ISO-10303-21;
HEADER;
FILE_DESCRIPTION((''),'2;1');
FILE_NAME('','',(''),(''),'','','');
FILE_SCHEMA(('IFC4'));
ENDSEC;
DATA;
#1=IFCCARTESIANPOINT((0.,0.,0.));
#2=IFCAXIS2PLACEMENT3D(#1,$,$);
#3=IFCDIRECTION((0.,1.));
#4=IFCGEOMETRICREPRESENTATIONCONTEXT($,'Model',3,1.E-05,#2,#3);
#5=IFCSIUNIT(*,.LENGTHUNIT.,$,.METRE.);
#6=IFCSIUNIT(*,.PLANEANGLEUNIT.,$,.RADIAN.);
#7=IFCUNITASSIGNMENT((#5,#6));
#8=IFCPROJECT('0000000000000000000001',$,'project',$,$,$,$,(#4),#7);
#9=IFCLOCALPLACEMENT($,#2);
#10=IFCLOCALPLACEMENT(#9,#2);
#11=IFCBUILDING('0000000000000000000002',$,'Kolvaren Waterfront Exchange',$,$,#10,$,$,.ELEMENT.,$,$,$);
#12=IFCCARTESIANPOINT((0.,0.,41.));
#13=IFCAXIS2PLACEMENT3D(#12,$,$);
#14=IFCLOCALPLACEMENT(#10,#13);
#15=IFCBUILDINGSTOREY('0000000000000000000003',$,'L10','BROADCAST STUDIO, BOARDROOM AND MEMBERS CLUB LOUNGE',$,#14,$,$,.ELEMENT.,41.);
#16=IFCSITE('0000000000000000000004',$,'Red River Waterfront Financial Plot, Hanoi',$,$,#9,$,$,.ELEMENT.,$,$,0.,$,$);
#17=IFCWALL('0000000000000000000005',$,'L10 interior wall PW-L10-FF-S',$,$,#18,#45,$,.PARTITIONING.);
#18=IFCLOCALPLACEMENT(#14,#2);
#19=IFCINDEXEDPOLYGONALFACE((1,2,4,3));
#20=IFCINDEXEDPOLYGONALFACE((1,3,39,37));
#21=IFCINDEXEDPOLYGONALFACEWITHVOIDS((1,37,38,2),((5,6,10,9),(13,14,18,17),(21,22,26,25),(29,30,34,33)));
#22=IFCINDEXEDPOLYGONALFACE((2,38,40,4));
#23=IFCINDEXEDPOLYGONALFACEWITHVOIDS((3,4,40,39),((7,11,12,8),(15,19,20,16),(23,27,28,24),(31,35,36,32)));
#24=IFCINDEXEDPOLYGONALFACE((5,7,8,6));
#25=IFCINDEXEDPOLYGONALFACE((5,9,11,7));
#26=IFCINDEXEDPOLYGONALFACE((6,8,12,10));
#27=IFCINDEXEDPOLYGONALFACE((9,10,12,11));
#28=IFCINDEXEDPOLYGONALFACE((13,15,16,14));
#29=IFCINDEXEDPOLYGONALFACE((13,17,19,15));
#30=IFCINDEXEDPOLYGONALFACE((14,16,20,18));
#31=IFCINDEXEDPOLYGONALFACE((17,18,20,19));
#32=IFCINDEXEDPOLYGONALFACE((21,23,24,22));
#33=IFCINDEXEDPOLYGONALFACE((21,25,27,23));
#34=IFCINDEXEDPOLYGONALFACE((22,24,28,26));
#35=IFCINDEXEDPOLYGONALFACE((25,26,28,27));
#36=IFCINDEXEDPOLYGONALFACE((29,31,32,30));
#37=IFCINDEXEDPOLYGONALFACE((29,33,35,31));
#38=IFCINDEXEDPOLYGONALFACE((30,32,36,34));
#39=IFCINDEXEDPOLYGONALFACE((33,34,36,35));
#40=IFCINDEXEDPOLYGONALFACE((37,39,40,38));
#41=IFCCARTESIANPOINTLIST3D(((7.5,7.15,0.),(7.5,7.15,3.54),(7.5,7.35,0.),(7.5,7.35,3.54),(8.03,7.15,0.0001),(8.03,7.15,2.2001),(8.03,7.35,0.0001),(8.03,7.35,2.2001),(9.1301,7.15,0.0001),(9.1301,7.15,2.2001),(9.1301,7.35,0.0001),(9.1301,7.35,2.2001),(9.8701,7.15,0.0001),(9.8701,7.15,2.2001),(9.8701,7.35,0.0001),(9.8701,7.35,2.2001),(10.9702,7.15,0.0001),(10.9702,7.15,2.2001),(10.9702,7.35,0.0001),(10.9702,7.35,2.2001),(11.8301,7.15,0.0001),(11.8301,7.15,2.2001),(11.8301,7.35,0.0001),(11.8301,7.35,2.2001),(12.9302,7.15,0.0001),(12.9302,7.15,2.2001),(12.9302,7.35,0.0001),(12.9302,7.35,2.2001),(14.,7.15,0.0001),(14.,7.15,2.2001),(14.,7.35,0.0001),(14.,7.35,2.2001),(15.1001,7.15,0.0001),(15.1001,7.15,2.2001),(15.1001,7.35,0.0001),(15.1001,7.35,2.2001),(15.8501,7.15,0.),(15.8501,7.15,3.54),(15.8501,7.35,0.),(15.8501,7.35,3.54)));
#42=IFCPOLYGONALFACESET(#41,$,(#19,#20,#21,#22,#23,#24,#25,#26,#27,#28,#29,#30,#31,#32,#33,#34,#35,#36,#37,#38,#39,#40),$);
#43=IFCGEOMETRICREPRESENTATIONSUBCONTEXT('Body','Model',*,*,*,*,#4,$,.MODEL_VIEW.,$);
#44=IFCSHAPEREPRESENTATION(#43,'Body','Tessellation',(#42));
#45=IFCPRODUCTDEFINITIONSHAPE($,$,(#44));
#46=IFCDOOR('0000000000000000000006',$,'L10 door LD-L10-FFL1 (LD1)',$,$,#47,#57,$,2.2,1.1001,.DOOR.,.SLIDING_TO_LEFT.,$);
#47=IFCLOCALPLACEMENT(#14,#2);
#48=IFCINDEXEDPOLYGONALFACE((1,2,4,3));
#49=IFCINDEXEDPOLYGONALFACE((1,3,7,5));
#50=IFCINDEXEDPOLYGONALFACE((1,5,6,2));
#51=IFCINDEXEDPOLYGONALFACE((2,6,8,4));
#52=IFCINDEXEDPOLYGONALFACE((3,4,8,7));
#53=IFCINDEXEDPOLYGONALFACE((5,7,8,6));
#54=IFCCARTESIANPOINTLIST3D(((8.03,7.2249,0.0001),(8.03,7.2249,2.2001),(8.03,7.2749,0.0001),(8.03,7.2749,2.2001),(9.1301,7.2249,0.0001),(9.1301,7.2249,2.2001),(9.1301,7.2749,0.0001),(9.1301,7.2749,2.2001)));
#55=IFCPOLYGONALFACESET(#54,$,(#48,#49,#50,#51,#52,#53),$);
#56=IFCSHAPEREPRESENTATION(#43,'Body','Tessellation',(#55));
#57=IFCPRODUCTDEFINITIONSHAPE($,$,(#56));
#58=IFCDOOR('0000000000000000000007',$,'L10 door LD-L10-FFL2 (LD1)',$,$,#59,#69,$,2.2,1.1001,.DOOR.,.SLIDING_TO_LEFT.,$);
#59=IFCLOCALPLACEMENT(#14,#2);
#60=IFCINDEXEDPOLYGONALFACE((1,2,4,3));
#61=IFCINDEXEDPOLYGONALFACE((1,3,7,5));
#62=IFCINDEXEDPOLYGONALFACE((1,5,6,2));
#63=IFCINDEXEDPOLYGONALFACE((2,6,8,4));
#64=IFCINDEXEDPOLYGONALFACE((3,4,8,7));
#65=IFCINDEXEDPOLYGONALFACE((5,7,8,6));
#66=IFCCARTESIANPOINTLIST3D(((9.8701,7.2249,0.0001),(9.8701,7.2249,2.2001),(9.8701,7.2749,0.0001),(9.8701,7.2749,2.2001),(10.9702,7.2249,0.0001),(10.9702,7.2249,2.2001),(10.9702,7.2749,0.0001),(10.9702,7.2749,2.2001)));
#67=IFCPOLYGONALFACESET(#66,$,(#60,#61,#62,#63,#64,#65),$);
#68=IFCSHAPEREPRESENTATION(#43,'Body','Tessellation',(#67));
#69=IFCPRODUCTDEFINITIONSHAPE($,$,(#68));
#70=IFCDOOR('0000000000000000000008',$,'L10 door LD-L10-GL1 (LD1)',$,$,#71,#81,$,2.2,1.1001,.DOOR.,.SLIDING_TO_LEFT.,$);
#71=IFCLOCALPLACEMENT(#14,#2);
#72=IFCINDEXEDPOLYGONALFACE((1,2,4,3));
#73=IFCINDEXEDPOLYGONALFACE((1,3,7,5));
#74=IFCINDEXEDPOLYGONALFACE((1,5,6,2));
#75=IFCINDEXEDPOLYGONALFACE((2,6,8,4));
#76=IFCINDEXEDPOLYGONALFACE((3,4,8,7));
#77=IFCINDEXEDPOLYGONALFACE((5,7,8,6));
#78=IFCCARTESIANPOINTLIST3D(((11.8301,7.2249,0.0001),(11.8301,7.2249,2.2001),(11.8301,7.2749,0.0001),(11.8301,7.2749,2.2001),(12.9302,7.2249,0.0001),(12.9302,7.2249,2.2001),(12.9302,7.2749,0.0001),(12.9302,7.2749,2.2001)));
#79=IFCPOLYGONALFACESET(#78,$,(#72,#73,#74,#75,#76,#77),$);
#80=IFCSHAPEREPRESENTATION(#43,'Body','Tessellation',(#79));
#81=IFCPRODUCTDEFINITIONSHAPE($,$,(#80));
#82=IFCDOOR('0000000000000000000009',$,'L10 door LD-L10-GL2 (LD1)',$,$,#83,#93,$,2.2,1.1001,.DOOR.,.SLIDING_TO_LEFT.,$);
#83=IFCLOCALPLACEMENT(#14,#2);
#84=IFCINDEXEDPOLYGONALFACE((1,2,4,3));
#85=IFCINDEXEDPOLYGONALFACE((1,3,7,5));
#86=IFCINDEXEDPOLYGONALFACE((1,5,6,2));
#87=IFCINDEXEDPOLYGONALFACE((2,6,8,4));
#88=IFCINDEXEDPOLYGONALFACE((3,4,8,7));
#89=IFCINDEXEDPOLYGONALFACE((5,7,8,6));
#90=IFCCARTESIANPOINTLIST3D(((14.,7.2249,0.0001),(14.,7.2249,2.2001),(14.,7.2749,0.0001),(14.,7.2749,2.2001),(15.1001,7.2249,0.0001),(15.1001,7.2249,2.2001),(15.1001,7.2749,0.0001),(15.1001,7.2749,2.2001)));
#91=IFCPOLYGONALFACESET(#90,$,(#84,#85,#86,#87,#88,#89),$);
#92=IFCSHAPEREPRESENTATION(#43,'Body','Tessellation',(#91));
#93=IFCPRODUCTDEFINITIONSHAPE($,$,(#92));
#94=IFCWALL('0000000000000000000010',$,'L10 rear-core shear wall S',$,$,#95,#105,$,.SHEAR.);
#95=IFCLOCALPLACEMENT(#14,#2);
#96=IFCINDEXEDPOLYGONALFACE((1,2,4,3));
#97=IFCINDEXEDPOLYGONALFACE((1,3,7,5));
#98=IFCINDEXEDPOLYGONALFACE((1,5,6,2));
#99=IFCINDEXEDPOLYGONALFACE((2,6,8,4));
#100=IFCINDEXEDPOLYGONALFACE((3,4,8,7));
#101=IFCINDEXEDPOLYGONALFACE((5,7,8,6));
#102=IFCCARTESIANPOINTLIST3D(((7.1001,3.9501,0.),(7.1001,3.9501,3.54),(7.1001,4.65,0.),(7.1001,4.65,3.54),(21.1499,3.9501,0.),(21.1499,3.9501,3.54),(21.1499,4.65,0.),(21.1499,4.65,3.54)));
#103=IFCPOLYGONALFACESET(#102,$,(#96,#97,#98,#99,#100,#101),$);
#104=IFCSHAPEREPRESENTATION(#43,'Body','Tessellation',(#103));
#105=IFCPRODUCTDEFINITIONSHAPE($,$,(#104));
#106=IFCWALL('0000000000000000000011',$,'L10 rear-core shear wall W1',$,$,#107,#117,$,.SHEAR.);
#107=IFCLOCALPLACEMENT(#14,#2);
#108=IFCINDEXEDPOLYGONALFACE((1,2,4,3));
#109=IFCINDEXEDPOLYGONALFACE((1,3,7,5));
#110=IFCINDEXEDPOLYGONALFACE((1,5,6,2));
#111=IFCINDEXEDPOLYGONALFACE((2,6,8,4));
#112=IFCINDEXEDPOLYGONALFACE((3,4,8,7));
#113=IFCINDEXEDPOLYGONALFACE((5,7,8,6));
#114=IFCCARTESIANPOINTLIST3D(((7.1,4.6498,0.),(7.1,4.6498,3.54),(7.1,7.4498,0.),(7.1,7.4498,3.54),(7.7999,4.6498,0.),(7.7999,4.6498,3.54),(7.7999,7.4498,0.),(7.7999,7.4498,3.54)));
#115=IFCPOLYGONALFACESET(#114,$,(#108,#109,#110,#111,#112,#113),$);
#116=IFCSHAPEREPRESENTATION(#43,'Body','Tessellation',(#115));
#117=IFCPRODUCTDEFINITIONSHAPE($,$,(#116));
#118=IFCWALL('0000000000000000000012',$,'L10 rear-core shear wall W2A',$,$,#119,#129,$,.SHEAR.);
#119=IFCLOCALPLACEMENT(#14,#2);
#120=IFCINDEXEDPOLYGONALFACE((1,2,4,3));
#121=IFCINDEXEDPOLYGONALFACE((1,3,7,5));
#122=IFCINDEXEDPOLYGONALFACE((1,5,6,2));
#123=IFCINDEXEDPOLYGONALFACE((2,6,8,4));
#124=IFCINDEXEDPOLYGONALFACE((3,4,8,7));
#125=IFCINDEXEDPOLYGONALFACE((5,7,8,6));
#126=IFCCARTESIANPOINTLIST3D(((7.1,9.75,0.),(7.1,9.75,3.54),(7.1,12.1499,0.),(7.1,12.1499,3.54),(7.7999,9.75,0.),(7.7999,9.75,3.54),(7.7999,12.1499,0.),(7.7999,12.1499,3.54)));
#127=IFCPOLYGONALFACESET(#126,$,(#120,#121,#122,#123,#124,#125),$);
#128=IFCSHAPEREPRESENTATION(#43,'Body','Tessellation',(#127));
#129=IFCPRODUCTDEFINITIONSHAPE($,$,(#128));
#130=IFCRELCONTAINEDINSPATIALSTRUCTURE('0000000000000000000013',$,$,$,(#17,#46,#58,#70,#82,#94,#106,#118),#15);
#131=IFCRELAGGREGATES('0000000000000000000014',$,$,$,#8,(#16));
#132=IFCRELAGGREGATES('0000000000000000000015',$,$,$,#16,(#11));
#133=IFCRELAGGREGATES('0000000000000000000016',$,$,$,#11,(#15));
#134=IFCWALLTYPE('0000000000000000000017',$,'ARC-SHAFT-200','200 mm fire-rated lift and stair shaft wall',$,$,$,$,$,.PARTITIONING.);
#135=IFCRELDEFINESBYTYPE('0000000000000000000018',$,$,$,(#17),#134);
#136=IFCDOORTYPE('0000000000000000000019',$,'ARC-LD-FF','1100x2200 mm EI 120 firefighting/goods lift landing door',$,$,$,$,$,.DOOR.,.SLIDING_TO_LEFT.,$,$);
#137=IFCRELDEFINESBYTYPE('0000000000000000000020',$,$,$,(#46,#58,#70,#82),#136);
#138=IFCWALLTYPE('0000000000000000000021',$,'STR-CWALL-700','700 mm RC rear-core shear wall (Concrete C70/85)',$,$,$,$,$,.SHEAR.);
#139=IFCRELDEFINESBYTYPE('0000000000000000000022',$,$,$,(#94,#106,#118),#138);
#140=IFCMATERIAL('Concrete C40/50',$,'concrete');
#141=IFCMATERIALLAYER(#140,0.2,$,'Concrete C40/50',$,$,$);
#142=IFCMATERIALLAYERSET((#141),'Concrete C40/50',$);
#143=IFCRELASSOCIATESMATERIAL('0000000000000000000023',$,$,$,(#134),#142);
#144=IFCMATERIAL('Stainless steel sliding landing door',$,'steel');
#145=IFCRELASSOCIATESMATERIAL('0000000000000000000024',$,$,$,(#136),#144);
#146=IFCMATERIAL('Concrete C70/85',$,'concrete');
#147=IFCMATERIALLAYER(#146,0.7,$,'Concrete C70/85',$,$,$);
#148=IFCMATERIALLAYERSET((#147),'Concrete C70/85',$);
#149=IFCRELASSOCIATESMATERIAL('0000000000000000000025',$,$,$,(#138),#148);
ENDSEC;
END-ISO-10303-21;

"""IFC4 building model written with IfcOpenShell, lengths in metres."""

from ifc_helpers import new_model, si_unit, direction, frame, frame_2d, origin, place, context, subcontext, project, spatial, rectangle, extrude, material, layer, layer_set, type_object, element, fill, save


model = new_model("IFC4")

# Units and contexts
model_context = context("Model", 3, precision=1e-05, world=origin(), true_north=direction((0.0, 1.0)))
body_context = subcontext(model_context, "Body", "Model", "MODEL_VIEW")
ifc_project = project(units=[si_unit("LENGTHUNIT", "METRE"), si_unit("PLANEANGLEUNIT", "RADIAN")], contexts=[model_context])

# Site, building, storey
site_placement = place(None, origin())
site = spatial("IfcSite", under=ifc_project, at=site_placement, Name="Red River Waterfront Financial Plot, Hanoi", CompositionType="ELEMENT", RefElevation=0.0)
building_placement = place(site_placement, origin())
building = spatial("IfcBuilding", under=site, at=building_placement, Name="Kolvaren Waterfront Exchange", CompositionType="ELEMENT")
storey_placement = place(building_placement, frame((0.0, 0.0, 41.0)))
storey = spatial("IfcBuildingStorey", under=building, at=storey_placement, Name="L10", Description="BROADCAST STUDIO, BOARDROOM AND MEMBERS CLUB LOUNGE", CompositionType="ELEMENT", Elevation=41.0)

# Shared definitions
ifc_material_1 = material(Name="Concrete C70/85", Category="concrete")

# Wall, openings, doors
ifc_material_2 = material(Name="Concrete C40/50", Category="concrete")
ifc_layer_1 = layer(ifc_material_2, 0.2, Name="Concrete C40/50")
ifc_layer_set_1 = layer_set([ifc_layer_1], Name="Concrete C40/50")
wall_type_1 = type_object("IfcWallType", Name="ARC-SHAFT-200", Description="200 mm fire-rated lift and stair shaft wall", PredefinedType="PARTITIONING", material=ifc_layer_set_1)
wall_1_placement = place(storey_placement, frame((7.5, 7.25, 0.0), z_axis=(0.0, 0.0, 1.0), x_axis=(1.0, 0.0, 0.0)))
wall_1 = element("IfcWall", 1, at=wall_1_placement, inside=storey, type_object=wall_type_1, Name="L10 interior wall PW-L10-FF-S", PredefinedType="PARTITIONING", context=body_context, shape_type="SweptSolid", body=[
    extrude(rectangle(XDim=8.3501, YDim=0.2, at=frame_2d((4.175, 0.0))), origin(), (0.0, 0.0, 1.0), 3.54),
])
opening_1_placement = place(wall_1_placement, frame((0.53, 0.0, 0.0)))
opening_1 = element("IfcOpeningElement", 2, at=opening_1_placement, cuts=wall_1, PredefinedType="OPENING", context=body_context, shape_type="SweptSolid", body=[
    extrude(rectangle(XDim=1.1001, YDim=2.2, at=frame_2d((0.55, 1.1001))), frame((0.0, 0.1099, 0.0), z_axis=(0.0, -1.0, 0.0), x_axis=(1.0, 0.0, 0.0)), (0.0, 0.0, 1.0), 0.22),
])
opening_2_placement = place(wall_1_placement, frame((2.3701, 0.0, 0.0)))
opening_2 = element("IfcOpeningElement", 3, at=opening_2_placement, cuts=wall_1, PredefinedType="OPENING", context=body_context, shape_type="SweptSolid", body=[
    extrude(rectangle(XDim=1.1001, YDim=2.2, at=frame_2d((0.55, 1.1001))), frame((0.0, 0.1099, 0.0), z_axis=(0.0, -1.0, 0.0), x_axis=(1.0, 0.0, 0.0)), (0.0, 0.0, 1.0), 0.22),
])
opening_3_placement = place(wall_1_placement, frame((4.3301, 0.0, 0.0)))
opening_3 = element("IfcOpeningElement", 4, at=opening_3_placement, cuts=wall_1, PredefinedType="OPENING", context=body_context, shape_type="SweptSolid", body=[
    extrude(rectangle(XDim=1.1001, YDim=2.2, at=frame_2d((0.55, 1.1001))), frame((0.0, 0.1099, 0.0), z_axis=(0.0, -1.0, 0.0), x_axis=(1.0, 0.0, 0.0)), (0.0, 0.0, 1.0), 0.22),
])
opening_4_placement = place(wall_1_placement, frame((6.5, 0.0, 0.0)))
opening_4 = element("IfcOpeningElement", 5, at=opening_4_placement, cuts=wall_1, PredefinedType="OPENING", context=body_context, shape_type="SweptSolid", body=[
    extrude(rectangle(XDim=1.1001, YDim=2.2, at=frame_2d((0.55, 1.1001))), frame((0.0, 0.1099, 0.0), z_axis=(0.0, -1.0, 0.0), x_axis=(1.0, 0.0, 0.0)), (0.0, 0.0, 1.0), 0.22),
])
ifc_material_3 = material(Name="Stainless steel sliding landing door", Category="steel")
door_type_1 = type_object("IfcDoorType", Name="ARC-LD-FF", Description="1100x2200 mm EI 120 firefighting/goods lift landing door", OperationType="SLIDING_TO_LEFT", PredefinedType="DOOR", material=ifc_material_3)
door_1_placement = place(opening_1_placement, origin())
door_1 = element("IfcDoor", 6, at=door_1_placement, inside=storey, type_object=door_type_1, Name="L10 door LD-L10-FFL1 (LD1)", OperationType="SLIDING_TO_LEFT", OverallHeight=2.2, OverallWidth=1.1001, PredefinedType="DOOR", context=body_context, shape_type="SweptSolid", body=[
    extrude(rectangle(XDim=1.1001, YDim=2.2, at=frame_2d((0.55, 1.1001))), frame((0.0, 0.0249, 0.0), z_axis=(0.0, -1.0, 0.0), x_axis=(1.0, 0.0, 0.0)), (0.0, 0.0, 1.0), 0.05),
])
fill(opening_1, door_1)
door_2_placement = place(opening_2_placement, origin())
door_2 = element("IfcDoor", 7, at=door_2_placement, inside=storey, type_object=door_type_1, Name="L10 door LD-L10-FFL2 (LD1)", OperationType="SLIDING_TO_LEFT", OverallHeight=2.2, OverallWidth=1.1001, PredefinedType="DOOR", context=body_context, shape_type="SweptSolid", body=[
    extrude(rectangle(XDim=1.1001, YDim=2.2, at=frame_2d((0.55, 1.1001))), frame((0.0, 0.0249, 0.0), z_axis=(0.0, -1.0, 0.0), x_axis=(1.0, 0.0, 0.0)), (0.0, 0.0, 1.0), 0.05),
])
fill(opening_2, door_2)
door_3_placement = place(opening_3_placement, origin())
door_3 = element("IfcDoor", 8, at=door_3_placement, inside=storey, type_object=door_type_1, Name="L10 door LD-L10-GL1 (LD1)", OperationType="SLIDING_TO_LEFT", OverallHeight=2.2, OverallWidth=1.1001, PredefinedType="DOOR", context=body_context, shape_type="SweptSolid", body=[
    extrude(rectangle(XDim=1.1001, YDim=2.2, at=frame_2d((0.55, 1.1001))), frame((0.0, 0.0249, 0.0), z_axis=(0.0, -1.0, 0.0), x_axis=(1.0, 0.0, 0.0)), (0.0, 0.0, 1.0), 0.05),
])
fill(opening_3, door_3)
door_4_placement = place(opening_4_placement, origin())
door_4 = element("IfcDoor", 9, at=door_4_placement, inside=storey, type_object=door_type_1, Name="L10 door LD-L10-GL2 (LD1)", OperationType="SLIDING_TO_LEFT", OverallHeight=2.2, OverallWidth=1.1001, PredefinedType="DOOR", context=body_context, shape_type="SweptSolid", body=[
    extrude(rectangle(XDim=1.1001, YDim=2.2, at=frame_2d((0.55, 1.1001))), frame((0.0, 0.0249, 0.0), z_axis=(0.0, -1.0, 0.0), x_axis=(1.0, 0.0, 0.0)), (0.0, 0.0, 1.0), 0.05),
])
fill(opening_4, door_4)

# Walls
ifc_layer_2 = layer(ifc_material_1, 0.7, Name="Concrete C70/85")
ifc_layer_set_2 = layer_set([ifc_layer_2], Name="Concrete C70/85")
wall_type_2 = type_object("IfcWallType", Name="STR-CWALL-700", Description="700 mm RC rear-core shear wall (Concrete C70/85)", PredefinedType="SHEAR", material=ifc_layer_set_2)
wall_2_placement = place(storey_placement, frame((7.1001, 4.3, 0.0), z_axis=(0.0, 0.0, 1.0), x_axis=(1.0, 0.0, 0.0)))
element("IfcWall", 10, at=wall_2_placement, inside=storey, type_object=wall_type_2, Name="L10 rear-core shear wall S", PredefinedType="SHEAR", context=body_context, shape_type="SweptSolid", body=[
    extrude(rectangle(XDim=14.0498, YDim=0.7, at=frame_2d((7.0249, 0.0))), origin(), (0.0, 0.0, 1.0), 3.54),
])
wall_3_placement = place(storey_placement, frame((7.45, 4.6499, 0.0), z_axis=(0.0, 0.0, 1.0), x_axis=(0.0, 1.0, 0.0)))
element("IfcWall", 11, at=wall_3_placement, inside=storey, type_object=wall_type_2, Name="L10 rear-core shear wall W1", PredefinedType="SHEAR", context=body_context, shape_type="SweptSolid", body=[
    extrude(rectangle(XDim=2.8, YDim=0.7, at=frame_2d((1.3999, 0.0))), origin(), (0.0, 0.0, 1.0), 3.54),
])
wall_4_placement = place(storey_placement, frame((7.45, 9.75, 0.0), z_axis=(0.0, 0.0, 1.0), x_axis=(0.0, 1.0, 0.0)))
element("IfcWall", 12, at=wall_4_placement, inside=storey, type_object=wall_type_2, Name="L10 rear-core shear wall W2A", PredefinedType="SHEAR", context=body_context, shape_type="SweptSolid", body=[
    extrude(rectangle(XDim=2.3999, YDim=0.7, at=frame_2d((1.2, 0.0))), origin(), (0.0, 0.0, 1.0), 3.54),
])

save(model, "model.ifc")
